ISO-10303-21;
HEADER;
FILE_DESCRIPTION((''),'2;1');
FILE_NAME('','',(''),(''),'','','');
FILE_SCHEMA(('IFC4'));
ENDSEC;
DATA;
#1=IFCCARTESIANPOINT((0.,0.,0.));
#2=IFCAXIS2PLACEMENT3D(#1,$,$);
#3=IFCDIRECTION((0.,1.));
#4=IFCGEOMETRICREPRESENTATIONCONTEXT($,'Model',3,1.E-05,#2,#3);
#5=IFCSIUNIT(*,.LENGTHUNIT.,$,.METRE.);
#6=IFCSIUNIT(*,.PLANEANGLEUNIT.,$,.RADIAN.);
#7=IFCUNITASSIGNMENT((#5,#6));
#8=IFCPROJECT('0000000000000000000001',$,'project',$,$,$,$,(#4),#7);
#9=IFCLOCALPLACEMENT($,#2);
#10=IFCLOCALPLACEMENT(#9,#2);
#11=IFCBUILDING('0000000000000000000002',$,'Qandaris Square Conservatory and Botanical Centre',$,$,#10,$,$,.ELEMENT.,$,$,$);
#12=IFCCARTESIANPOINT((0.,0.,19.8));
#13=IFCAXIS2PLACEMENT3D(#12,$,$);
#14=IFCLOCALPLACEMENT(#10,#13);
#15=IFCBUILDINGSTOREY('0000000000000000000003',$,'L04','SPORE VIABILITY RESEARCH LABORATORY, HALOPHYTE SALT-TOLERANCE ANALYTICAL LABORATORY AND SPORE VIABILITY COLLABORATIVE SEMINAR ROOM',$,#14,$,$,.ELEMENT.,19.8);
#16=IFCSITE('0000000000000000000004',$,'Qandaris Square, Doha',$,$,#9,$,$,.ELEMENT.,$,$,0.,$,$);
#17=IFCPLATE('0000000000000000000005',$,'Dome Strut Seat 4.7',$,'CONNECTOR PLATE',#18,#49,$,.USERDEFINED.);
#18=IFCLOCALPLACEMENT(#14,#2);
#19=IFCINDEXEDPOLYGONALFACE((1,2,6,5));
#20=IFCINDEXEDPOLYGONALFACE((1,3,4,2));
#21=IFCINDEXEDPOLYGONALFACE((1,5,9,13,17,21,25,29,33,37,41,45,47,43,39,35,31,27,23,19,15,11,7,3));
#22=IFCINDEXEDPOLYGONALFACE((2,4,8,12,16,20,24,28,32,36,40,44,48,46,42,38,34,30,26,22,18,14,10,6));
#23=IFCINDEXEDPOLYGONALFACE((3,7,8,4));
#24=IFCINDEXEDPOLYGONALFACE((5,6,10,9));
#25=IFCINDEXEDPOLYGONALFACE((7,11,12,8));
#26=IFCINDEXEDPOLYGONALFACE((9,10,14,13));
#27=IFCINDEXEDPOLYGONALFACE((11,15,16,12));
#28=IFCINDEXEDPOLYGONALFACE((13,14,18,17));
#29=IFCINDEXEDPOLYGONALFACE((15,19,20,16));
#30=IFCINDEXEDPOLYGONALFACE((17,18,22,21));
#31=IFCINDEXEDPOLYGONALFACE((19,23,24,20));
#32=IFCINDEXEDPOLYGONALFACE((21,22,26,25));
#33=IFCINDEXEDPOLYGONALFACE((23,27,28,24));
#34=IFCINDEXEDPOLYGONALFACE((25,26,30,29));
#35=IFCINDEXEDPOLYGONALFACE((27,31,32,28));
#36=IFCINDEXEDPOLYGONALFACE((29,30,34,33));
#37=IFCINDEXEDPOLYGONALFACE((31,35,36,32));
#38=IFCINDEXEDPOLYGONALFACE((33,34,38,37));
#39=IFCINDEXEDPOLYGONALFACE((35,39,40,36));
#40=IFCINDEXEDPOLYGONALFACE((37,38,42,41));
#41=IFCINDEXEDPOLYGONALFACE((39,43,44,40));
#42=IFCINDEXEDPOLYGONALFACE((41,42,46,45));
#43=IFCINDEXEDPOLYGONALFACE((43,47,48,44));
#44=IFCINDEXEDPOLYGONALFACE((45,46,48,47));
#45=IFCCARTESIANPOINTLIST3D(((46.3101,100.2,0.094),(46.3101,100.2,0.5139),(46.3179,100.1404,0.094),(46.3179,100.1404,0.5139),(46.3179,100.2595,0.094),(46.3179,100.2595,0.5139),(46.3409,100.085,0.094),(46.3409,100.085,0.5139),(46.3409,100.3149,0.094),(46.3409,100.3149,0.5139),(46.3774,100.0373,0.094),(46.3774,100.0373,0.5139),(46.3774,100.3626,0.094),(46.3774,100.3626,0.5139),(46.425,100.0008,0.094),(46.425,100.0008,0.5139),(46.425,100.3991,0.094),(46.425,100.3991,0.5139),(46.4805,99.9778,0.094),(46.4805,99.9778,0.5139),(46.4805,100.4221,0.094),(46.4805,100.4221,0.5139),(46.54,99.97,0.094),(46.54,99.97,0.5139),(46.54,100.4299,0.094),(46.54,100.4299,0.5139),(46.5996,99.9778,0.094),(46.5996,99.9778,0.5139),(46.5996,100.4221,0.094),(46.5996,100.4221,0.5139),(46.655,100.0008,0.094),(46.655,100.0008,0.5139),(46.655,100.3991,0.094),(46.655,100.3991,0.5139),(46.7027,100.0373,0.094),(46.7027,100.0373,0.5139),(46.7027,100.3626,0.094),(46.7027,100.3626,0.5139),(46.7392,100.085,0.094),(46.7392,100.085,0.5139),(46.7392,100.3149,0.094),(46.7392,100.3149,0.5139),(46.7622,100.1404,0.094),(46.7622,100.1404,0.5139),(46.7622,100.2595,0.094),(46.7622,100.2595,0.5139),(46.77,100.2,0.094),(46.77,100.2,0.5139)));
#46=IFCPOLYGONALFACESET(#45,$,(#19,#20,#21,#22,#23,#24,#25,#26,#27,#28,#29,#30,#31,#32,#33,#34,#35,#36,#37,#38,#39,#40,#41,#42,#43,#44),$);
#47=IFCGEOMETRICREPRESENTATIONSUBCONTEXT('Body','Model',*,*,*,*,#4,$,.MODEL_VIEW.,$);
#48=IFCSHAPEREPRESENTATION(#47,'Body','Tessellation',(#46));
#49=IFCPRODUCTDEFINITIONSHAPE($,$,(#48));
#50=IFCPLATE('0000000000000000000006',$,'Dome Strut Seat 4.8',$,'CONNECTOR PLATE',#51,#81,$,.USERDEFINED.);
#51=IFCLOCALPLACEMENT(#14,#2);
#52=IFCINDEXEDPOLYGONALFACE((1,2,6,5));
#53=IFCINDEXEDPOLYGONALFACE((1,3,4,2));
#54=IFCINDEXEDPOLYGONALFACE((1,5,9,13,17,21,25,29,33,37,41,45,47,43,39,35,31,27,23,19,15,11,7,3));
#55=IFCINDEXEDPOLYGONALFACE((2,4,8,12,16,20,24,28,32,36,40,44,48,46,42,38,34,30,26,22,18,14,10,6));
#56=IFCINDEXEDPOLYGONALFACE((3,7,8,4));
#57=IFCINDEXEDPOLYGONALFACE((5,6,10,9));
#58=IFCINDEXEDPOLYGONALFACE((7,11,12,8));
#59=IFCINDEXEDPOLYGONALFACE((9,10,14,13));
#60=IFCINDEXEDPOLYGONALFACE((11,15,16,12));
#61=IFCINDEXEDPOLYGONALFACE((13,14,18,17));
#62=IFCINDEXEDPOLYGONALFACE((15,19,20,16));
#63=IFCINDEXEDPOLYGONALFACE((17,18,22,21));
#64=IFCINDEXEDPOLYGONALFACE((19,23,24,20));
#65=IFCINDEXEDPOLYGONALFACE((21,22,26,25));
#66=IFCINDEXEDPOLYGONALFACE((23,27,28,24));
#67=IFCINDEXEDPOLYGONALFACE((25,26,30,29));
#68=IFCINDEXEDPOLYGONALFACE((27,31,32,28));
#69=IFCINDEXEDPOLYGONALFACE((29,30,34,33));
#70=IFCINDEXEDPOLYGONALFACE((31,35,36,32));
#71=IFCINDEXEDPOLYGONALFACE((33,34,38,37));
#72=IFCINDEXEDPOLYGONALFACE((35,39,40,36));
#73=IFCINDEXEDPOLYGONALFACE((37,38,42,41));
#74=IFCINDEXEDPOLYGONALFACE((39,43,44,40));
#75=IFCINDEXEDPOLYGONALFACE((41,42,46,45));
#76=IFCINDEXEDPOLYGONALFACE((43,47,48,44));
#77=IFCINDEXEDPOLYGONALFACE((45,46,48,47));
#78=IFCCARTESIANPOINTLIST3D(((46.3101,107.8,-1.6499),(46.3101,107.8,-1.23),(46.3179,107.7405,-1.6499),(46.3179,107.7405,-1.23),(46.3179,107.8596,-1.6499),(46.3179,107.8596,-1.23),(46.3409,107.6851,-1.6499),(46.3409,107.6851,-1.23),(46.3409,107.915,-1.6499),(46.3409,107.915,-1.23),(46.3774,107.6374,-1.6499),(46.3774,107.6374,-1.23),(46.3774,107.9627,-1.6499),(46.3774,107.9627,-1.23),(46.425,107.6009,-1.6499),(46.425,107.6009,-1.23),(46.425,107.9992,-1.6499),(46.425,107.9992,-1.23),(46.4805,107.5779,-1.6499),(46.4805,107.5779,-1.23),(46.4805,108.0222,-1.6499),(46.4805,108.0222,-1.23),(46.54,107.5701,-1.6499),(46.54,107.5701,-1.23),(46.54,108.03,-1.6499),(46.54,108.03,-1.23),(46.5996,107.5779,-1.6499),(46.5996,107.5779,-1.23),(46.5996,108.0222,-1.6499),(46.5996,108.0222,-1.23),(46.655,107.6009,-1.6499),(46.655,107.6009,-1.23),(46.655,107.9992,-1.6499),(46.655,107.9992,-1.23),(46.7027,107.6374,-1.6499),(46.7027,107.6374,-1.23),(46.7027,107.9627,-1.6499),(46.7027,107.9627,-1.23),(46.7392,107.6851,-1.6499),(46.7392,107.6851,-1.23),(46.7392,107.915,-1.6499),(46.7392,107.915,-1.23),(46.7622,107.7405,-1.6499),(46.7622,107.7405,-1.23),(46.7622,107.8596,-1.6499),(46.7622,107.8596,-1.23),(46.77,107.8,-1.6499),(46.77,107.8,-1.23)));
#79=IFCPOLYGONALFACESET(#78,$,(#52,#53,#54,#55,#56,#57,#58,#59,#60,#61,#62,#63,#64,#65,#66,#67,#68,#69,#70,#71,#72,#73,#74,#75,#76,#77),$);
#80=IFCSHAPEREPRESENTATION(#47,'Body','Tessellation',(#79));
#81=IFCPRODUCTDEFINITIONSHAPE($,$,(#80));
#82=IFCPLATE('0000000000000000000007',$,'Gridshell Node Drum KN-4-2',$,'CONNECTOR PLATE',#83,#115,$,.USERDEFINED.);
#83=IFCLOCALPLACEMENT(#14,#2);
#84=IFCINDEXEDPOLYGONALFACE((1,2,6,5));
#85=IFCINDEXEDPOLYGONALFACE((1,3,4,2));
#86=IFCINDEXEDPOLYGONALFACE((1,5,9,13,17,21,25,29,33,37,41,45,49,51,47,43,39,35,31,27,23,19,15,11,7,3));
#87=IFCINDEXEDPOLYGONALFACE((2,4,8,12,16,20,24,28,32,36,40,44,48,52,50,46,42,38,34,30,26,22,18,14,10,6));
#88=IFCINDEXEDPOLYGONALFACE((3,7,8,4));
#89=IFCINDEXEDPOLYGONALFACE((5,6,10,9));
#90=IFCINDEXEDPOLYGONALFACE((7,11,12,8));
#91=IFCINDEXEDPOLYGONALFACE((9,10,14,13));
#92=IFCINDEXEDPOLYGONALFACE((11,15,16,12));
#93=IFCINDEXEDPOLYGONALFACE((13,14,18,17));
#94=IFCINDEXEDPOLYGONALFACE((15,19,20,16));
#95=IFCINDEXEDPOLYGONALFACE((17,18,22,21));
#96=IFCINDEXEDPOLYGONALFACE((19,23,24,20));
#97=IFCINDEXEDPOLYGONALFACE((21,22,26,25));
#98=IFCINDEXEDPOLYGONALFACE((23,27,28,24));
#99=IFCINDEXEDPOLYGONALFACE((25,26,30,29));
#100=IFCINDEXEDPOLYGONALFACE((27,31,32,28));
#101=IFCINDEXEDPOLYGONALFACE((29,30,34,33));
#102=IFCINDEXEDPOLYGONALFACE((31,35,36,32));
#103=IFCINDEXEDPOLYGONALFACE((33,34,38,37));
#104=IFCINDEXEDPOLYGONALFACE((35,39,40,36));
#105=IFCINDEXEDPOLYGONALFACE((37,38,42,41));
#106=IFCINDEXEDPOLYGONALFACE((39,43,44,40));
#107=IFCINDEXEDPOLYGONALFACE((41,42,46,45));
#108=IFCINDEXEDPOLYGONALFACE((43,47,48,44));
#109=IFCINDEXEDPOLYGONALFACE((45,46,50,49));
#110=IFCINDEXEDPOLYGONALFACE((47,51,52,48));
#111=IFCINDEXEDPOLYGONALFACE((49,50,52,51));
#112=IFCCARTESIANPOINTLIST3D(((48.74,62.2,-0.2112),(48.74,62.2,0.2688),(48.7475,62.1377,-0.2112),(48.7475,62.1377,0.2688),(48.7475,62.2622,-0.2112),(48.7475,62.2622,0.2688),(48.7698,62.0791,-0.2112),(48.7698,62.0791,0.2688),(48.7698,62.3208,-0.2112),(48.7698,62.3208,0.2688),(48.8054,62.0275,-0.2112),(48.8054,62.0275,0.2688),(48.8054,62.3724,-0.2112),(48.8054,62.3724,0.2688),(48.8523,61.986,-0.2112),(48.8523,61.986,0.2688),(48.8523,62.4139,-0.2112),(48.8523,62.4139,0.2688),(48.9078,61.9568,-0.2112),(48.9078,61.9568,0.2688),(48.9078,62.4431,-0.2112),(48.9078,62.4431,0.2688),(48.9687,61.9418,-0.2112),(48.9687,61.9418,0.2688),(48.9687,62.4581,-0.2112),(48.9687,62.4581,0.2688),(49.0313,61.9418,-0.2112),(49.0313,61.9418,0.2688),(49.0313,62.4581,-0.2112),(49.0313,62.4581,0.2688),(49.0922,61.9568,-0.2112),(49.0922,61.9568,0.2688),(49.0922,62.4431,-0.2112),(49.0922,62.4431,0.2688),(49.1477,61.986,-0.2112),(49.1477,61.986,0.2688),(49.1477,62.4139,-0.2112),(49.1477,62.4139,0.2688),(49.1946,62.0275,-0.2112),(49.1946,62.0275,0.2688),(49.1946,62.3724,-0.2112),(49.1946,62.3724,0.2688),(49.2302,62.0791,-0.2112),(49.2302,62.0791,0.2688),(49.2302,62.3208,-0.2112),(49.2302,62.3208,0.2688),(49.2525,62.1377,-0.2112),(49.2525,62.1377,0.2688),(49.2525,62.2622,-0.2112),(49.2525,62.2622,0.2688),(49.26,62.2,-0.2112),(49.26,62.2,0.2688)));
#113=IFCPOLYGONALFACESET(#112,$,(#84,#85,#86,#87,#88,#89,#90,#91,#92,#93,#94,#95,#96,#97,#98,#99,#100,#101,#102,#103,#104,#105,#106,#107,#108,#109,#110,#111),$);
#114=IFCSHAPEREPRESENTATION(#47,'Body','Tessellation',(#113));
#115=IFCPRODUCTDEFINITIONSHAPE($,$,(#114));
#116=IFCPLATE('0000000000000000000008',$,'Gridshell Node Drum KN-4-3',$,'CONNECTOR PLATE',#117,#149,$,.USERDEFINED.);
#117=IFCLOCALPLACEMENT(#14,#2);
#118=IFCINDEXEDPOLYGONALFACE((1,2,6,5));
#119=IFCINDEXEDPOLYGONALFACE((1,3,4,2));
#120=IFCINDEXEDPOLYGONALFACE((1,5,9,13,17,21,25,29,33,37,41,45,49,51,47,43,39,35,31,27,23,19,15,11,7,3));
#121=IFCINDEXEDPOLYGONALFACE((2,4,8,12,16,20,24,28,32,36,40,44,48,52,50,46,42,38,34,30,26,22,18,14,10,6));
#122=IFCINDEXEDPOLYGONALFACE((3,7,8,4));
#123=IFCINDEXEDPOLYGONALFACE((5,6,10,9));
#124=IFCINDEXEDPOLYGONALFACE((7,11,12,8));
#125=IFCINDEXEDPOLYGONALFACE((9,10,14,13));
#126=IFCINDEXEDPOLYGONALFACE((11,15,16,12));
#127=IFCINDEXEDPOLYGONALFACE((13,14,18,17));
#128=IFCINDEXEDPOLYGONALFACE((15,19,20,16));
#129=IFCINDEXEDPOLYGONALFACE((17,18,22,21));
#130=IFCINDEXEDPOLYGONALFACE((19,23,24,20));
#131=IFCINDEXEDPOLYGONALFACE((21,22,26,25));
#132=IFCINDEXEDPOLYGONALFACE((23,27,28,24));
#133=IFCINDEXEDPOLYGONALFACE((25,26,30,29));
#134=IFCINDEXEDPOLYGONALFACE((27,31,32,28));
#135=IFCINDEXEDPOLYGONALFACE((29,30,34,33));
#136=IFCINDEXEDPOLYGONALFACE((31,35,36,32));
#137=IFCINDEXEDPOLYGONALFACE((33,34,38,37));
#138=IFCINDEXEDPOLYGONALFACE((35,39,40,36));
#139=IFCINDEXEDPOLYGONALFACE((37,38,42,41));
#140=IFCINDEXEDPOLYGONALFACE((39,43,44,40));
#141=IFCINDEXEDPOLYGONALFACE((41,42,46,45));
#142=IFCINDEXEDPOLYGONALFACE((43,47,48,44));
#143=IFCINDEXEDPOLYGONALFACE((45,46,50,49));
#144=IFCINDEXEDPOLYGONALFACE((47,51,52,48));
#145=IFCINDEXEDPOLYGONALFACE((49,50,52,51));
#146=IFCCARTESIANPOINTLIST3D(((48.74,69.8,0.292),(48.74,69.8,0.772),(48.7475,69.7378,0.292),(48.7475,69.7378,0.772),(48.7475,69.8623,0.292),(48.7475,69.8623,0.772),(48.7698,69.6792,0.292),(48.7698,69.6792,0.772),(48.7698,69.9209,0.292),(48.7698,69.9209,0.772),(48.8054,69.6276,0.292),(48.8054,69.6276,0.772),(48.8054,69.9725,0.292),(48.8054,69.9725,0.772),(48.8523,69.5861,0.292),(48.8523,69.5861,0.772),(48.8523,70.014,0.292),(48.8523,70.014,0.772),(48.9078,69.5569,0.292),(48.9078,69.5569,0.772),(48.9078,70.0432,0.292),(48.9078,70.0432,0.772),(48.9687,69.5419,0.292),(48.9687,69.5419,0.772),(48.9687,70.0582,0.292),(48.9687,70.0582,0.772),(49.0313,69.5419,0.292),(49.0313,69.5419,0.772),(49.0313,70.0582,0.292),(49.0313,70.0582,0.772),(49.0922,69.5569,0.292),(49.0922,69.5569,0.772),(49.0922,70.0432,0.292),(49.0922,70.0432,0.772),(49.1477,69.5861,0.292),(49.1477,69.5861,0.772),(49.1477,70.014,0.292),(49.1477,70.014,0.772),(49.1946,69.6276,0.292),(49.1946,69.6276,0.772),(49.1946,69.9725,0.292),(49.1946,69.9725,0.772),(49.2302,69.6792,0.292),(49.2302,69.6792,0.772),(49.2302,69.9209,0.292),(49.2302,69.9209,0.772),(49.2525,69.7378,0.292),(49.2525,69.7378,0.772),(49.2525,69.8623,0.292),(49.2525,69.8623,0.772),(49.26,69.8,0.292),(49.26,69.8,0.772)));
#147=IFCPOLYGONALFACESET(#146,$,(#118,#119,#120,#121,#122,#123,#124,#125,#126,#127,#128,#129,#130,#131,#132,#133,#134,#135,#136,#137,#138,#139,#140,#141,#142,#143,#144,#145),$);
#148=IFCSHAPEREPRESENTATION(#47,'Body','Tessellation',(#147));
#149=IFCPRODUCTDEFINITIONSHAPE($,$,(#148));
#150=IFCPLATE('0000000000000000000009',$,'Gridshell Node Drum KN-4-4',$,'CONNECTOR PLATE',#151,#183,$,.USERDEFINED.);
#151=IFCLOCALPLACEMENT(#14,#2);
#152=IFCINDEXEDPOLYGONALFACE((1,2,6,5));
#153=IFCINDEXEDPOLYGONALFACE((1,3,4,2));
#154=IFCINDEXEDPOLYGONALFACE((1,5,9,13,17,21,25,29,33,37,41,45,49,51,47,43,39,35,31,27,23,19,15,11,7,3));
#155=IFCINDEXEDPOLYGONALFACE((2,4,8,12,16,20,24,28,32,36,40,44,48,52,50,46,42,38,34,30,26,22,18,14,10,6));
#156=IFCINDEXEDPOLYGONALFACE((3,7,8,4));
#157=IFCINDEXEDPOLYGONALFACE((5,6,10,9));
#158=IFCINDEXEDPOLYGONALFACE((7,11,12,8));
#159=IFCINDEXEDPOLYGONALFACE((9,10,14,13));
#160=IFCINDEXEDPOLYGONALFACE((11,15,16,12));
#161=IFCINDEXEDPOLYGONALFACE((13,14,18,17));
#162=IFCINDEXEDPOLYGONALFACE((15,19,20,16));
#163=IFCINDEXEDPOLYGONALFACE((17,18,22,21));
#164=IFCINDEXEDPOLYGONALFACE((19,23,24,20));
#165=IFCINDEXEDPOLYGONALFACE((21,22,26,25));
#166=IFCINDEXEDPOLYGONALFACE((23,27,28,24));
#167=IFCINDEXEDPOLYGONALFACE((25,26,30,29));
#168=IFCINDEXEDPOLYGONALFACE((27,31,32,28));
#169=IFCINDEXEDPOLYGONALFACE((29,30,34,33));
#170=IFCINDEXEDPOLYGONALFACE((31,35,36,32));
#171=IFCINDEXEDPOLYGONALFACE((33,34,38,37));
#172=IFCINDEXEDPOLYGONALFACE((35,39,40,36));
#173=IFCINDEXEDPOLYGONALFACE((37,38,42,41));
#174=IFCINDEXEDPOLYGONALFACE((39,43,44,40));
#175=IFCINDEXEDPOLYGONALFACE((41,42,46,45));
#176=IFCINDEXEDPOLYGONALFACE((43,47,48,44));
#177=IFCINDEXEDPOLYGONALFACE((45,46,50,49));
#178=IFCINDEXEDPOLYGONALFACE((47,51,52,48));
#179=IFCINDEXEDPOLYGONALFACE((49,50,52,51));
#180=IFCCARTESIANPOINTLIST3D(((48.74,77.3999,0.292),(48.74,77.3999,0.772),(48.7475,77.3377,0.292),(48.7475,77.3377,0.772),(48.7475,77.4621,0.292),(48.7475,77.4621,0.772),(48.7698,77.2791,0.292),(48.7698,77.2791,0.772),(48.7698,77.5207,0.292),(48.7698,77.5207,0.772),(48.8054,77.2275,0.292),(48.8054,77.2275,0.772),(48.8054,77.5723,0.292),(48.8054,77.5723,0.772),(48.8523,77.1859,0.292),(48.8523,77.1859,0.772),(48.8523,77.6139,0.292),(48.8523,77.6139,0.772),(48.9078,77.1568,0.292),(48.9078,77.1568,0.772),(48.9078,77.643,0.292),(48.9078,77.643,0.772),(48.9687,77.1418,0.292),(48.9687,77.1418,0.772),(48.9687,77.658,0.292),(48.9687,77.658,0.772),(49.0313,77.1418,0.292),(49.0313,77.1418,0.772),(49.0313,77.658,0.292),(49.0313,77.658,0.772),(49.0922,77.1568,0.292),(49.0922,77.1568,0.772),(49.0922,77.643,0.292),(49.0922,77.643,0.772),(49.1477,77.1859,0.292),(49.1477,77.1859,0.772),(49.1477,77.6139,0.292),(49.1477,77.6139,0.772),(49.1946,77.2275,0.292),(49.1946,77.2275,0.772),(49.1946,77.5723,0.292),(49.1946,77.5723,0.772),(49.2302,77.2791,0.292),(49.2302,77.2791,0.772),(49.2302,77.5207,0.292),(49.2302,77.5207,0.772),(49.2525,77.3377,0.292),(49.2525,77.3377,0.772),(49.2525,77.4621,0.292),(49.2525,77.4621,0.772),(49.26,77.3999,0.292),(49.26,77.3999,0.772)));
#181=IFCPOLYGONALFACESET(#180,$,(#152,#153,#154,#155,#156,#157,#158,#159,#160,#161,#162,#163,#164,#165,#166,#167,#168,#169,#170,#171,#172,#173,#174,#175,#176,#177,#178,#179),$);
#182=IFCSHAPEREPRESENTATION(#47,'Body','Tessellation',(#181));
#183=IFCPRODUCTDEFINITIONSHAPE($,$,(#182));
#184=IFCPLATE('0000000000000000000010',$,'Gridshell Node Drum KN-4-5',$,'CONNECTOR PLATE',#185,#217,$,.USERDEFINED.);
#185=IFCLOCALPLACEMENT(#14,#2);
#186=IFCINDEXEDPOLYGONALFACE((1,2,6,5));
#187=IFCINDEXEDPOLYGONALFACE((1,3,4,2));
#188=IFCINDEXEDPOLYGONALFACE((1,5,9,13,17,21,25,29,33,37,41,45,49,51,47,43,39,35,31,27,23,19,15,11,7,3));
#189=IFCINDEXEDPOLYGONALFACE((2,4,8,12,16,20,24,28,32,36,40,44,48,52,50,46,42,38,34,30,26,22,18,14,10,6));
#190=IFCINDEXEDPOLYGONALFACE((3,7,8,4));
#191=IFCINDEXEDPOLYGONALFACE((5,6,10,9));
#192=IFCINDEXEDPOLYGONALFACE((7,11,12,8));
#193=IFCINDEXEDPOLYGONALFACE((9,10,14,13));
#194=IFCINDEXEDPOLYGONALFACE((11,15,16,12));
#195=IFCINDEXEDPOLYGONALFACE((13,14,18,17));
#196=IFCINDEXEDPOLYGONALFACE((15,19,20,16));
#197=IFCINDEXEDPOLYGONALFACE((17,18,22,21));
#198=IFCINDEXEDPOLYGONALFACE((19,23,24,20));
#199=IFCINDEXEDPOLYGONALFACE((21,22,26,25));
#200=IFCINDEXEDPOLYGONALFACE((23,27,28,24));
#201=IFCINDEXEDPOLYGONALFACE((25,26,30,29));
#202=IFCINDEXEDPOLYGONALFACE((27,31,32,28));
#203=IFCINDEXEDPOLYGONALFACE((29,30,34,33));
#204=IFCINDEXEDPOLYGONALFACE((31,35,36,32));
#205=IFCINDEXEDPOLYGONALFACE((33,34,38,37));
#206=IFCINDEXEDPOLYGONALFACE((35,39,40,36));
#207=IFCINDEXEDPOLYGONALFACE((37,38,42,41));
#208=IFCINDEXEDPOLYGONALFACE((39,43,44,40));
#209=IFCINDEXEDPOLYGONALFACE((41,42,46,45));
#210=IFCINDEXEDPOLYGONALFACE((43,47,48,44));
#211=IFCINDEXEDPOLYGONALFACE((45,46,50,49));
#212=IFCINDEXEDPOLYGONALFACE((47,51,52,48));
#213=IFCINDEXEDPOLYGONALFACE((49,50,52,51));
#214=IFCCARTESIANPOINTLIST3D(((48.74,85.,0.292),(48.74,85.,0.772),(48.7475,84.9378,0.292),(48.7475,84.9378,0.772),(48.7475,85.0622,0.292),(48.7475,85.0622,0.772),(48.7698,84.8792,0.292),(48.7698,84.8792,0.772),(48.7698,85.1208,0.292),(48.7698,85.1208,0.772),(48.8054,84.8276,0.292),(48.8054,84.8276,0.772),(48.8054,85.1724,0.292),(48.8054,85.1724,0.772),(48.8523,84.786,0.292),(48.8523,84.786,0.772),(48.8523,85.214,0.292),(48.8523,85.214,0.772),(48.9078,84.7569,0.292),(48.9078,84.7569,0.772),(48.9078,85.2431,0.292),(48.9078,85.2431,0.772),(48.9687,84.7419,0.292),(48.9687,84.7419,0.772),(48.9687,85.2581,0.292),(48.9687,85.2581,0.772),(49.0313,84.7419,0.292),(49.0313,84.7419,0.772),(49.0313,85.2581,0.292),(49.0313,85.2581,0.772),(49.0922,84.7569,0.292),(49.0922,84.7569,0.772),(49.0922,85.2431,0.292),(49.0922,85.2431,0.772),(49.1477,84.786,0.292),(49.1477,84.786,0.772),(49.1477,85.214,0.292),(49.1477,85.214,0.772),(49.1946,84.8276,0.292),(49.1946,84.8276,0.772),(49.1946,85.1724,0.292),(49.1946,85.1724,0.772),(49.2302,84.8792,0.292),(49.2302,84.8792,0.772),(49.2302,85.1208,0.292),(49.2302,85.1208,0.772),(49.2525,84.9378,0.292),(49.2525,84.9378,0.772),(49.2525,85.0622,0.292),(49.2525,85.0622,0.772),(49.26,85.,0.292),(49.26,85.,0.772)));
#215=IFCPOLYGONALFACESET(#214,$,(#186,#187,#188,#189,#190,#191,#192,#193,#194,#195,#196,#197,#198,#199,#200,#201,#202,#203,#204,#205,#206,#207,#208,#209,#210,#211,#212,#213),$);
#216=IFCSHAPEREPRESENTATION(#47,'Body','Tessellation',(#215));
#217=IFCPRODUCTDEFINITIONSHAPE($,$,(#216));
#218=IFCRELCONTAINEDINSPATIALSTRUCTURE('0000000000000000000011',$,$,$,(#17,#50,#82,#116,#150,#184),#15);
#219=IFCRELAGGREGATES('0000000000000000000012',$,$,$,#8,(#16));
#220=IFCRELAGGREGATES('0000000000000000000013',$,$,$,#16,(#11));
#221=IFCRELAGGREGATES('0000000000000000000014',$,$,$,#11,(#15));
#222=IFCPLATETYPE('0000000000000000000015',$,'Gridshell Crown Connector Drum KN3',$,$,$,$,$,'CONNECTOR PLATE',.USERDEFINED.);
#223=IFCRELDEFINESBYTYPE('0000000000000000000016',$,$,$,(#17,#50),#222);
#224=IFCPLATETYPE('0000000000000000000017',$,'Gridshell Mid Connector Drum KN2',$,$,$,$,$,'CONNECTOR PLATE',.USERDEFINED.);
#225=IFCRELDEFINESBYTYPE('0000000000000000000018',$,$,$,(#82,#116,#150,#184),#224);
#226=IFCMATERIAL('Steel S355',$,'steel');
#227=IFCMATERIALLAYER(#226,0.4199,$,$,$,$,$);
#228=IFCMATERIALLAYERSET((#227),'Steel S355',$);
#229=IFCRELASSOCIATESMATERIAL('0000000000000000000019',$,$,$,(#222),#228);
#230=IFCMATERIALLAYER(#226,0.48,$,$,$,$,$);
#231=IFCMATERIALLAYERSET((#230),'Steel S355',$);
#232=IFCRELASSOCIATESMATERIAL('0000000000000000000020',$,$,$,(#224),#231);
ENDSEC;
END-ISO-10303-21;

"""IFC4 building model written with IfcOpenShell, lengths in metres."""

from ifc_helpers import new_model, si_unit, direction, frame, origin, origin_2d, place, context, subcontext, project, spatial, circle, extrude, material, layer, layer_set, type_object, element, save


model = new_model("IFC4")

# Units and contexts
model_context = context("Model", 3, precision=1e-05, world=origin(), true_north=direction((0.0, 1.0)))
body_context = subcontext(model_context, "Body", "Model", "MODEL_VIEW")
ifc_project = project(units=[si_unit("LENGTHUNIT", "METRE"), si_unit("PLANEANGLEUNIT", "RADIAN")], contexts=[model_context])

# Site, building, storey
site_placement = place(None, origin())
site = spatial("IfcSite", under=ifc_project, at=site_placement, Name="Qandaris Square, Doha", CompositionType="ELEMENT", RefElevation=0.0)
building_placement = place(site_placement, origin())
building = spatial("IfcBuilding", under=site, at=building_placement, Name="Qandaris Square Conservatory and Botanical Centre", CompositionType="ELEMENT")
storey_placement = place(building_placement, frame((0.0, 0.0, 19.8)))
storey = spatial("IfcBuildingStorey", under=building, at=storey_placement, Name="L04", Description="SPORE VIABILITY RESEARCH LABORATORY, HALOPHYTE SALT-TOLERANCE ANALYTICAL LABORATORY AND SPORE VIABILITY COLLABORATIVE SEMINAR ROOM", CompositionType="ELEMENT", Elevation=19.8)

# Shared definitions
ifc_material = material(Name="Steel S355", Category="steel")

# Plates
ifc_layer_1 = layer(ifc_material, 0.4199)
ifc_layer_set_1 = layer_set([ifc_layer_1], Name="Steel S355")
plate_type_1 = type_object("IfcPlateType", Name="Gridshell Crown Connector Drum KN3", ElementType="CONNECTOR PLATE", PredefinedType="USERDEFINED", material=ifc_layer_set_1)
for number, where, z_axis, x_axis, name in (
    (1, (46.54, 100.2, 0.094), (0.0, 0.0, 1.0), (1.0, 0.0, 0.0), "Dome Strut Seat 4.7"),
    (2, (46.54, 107.8, -1.6499), (0.0, 0.0, 1.0), (1.0, 0.0, 0.0), "Dome Strut Seat 4.8"),
):
    element("IfcPlate", number, at=place(storey_placement, frame(where, z_axis=z_axis, x_axis=x_axis)), inside=storey, type_object=plate_type_1, Name=name, ObjectType="CONNECTOR PLATE", PredefinedType="USERDEFINED", context=body_context, shape_type="SweptSolid", body=[
        extrude(circle(Radius=0.23, at=origin_2d()), origin(), (0.0, 0.0, 1.0), 0.4199),
    ])
ifc_layer_2 = layer(ifc_material, 0.48)
ifc_layer_set_2 = layer_set([ifc_layer_2], Name="Steel S355")
plate_type_2 = type_object("IfcPlateType", Name="Gridshell Mid Connector Drum KN2", ElementType="CONNECTOR PLATE", PredefinedType="USERDEFINED", material=ifc_layer_set_2)
for number, where, z_axis, x_axis, name in (
    (3, (49.0, 62.2, -0.2112), (0.0, 0.0, 1.0), (1.0, 0.0, 0.0), "Gridshell Node Drum KN-4-2"),
    (4, (49.0, 69.8, 0.292), (0.0, 0.0, 1.0), (1.0, 0.0, 0.0), "Gridshell Node Drum KN-4-3"),
    (5, (49.0, 77.3999, 0.292), (0.0, 0.0, 1.0), (1.0, 0.0, 0.0), "Gridshell Node Drum KN-4-4"),
    (6, (49.0, 85.0, 0.292), (0.0, 0.0, 1.0), (1.0, 0.0, 0.0), "Gridshell Node Drum KN-4-5"),
):
    element("IfcPlate", number, at=place(storey_placement, frame(where, z_axis=z_axis, x_axis=x_axis)), inside=storey, type_object=plate_type_2, Name=name, ObjectType="CONNECTOR PLATE", PredefinedType="USERDEFINED", context=body_context, shape_type="SweptSolid", body=[
        extrude(circle(Radius=0.26, at=origin_2d()), origin(), (0.0, 0.0, 1.0), 0.48),
    ])

save(model, "model.ifc")
